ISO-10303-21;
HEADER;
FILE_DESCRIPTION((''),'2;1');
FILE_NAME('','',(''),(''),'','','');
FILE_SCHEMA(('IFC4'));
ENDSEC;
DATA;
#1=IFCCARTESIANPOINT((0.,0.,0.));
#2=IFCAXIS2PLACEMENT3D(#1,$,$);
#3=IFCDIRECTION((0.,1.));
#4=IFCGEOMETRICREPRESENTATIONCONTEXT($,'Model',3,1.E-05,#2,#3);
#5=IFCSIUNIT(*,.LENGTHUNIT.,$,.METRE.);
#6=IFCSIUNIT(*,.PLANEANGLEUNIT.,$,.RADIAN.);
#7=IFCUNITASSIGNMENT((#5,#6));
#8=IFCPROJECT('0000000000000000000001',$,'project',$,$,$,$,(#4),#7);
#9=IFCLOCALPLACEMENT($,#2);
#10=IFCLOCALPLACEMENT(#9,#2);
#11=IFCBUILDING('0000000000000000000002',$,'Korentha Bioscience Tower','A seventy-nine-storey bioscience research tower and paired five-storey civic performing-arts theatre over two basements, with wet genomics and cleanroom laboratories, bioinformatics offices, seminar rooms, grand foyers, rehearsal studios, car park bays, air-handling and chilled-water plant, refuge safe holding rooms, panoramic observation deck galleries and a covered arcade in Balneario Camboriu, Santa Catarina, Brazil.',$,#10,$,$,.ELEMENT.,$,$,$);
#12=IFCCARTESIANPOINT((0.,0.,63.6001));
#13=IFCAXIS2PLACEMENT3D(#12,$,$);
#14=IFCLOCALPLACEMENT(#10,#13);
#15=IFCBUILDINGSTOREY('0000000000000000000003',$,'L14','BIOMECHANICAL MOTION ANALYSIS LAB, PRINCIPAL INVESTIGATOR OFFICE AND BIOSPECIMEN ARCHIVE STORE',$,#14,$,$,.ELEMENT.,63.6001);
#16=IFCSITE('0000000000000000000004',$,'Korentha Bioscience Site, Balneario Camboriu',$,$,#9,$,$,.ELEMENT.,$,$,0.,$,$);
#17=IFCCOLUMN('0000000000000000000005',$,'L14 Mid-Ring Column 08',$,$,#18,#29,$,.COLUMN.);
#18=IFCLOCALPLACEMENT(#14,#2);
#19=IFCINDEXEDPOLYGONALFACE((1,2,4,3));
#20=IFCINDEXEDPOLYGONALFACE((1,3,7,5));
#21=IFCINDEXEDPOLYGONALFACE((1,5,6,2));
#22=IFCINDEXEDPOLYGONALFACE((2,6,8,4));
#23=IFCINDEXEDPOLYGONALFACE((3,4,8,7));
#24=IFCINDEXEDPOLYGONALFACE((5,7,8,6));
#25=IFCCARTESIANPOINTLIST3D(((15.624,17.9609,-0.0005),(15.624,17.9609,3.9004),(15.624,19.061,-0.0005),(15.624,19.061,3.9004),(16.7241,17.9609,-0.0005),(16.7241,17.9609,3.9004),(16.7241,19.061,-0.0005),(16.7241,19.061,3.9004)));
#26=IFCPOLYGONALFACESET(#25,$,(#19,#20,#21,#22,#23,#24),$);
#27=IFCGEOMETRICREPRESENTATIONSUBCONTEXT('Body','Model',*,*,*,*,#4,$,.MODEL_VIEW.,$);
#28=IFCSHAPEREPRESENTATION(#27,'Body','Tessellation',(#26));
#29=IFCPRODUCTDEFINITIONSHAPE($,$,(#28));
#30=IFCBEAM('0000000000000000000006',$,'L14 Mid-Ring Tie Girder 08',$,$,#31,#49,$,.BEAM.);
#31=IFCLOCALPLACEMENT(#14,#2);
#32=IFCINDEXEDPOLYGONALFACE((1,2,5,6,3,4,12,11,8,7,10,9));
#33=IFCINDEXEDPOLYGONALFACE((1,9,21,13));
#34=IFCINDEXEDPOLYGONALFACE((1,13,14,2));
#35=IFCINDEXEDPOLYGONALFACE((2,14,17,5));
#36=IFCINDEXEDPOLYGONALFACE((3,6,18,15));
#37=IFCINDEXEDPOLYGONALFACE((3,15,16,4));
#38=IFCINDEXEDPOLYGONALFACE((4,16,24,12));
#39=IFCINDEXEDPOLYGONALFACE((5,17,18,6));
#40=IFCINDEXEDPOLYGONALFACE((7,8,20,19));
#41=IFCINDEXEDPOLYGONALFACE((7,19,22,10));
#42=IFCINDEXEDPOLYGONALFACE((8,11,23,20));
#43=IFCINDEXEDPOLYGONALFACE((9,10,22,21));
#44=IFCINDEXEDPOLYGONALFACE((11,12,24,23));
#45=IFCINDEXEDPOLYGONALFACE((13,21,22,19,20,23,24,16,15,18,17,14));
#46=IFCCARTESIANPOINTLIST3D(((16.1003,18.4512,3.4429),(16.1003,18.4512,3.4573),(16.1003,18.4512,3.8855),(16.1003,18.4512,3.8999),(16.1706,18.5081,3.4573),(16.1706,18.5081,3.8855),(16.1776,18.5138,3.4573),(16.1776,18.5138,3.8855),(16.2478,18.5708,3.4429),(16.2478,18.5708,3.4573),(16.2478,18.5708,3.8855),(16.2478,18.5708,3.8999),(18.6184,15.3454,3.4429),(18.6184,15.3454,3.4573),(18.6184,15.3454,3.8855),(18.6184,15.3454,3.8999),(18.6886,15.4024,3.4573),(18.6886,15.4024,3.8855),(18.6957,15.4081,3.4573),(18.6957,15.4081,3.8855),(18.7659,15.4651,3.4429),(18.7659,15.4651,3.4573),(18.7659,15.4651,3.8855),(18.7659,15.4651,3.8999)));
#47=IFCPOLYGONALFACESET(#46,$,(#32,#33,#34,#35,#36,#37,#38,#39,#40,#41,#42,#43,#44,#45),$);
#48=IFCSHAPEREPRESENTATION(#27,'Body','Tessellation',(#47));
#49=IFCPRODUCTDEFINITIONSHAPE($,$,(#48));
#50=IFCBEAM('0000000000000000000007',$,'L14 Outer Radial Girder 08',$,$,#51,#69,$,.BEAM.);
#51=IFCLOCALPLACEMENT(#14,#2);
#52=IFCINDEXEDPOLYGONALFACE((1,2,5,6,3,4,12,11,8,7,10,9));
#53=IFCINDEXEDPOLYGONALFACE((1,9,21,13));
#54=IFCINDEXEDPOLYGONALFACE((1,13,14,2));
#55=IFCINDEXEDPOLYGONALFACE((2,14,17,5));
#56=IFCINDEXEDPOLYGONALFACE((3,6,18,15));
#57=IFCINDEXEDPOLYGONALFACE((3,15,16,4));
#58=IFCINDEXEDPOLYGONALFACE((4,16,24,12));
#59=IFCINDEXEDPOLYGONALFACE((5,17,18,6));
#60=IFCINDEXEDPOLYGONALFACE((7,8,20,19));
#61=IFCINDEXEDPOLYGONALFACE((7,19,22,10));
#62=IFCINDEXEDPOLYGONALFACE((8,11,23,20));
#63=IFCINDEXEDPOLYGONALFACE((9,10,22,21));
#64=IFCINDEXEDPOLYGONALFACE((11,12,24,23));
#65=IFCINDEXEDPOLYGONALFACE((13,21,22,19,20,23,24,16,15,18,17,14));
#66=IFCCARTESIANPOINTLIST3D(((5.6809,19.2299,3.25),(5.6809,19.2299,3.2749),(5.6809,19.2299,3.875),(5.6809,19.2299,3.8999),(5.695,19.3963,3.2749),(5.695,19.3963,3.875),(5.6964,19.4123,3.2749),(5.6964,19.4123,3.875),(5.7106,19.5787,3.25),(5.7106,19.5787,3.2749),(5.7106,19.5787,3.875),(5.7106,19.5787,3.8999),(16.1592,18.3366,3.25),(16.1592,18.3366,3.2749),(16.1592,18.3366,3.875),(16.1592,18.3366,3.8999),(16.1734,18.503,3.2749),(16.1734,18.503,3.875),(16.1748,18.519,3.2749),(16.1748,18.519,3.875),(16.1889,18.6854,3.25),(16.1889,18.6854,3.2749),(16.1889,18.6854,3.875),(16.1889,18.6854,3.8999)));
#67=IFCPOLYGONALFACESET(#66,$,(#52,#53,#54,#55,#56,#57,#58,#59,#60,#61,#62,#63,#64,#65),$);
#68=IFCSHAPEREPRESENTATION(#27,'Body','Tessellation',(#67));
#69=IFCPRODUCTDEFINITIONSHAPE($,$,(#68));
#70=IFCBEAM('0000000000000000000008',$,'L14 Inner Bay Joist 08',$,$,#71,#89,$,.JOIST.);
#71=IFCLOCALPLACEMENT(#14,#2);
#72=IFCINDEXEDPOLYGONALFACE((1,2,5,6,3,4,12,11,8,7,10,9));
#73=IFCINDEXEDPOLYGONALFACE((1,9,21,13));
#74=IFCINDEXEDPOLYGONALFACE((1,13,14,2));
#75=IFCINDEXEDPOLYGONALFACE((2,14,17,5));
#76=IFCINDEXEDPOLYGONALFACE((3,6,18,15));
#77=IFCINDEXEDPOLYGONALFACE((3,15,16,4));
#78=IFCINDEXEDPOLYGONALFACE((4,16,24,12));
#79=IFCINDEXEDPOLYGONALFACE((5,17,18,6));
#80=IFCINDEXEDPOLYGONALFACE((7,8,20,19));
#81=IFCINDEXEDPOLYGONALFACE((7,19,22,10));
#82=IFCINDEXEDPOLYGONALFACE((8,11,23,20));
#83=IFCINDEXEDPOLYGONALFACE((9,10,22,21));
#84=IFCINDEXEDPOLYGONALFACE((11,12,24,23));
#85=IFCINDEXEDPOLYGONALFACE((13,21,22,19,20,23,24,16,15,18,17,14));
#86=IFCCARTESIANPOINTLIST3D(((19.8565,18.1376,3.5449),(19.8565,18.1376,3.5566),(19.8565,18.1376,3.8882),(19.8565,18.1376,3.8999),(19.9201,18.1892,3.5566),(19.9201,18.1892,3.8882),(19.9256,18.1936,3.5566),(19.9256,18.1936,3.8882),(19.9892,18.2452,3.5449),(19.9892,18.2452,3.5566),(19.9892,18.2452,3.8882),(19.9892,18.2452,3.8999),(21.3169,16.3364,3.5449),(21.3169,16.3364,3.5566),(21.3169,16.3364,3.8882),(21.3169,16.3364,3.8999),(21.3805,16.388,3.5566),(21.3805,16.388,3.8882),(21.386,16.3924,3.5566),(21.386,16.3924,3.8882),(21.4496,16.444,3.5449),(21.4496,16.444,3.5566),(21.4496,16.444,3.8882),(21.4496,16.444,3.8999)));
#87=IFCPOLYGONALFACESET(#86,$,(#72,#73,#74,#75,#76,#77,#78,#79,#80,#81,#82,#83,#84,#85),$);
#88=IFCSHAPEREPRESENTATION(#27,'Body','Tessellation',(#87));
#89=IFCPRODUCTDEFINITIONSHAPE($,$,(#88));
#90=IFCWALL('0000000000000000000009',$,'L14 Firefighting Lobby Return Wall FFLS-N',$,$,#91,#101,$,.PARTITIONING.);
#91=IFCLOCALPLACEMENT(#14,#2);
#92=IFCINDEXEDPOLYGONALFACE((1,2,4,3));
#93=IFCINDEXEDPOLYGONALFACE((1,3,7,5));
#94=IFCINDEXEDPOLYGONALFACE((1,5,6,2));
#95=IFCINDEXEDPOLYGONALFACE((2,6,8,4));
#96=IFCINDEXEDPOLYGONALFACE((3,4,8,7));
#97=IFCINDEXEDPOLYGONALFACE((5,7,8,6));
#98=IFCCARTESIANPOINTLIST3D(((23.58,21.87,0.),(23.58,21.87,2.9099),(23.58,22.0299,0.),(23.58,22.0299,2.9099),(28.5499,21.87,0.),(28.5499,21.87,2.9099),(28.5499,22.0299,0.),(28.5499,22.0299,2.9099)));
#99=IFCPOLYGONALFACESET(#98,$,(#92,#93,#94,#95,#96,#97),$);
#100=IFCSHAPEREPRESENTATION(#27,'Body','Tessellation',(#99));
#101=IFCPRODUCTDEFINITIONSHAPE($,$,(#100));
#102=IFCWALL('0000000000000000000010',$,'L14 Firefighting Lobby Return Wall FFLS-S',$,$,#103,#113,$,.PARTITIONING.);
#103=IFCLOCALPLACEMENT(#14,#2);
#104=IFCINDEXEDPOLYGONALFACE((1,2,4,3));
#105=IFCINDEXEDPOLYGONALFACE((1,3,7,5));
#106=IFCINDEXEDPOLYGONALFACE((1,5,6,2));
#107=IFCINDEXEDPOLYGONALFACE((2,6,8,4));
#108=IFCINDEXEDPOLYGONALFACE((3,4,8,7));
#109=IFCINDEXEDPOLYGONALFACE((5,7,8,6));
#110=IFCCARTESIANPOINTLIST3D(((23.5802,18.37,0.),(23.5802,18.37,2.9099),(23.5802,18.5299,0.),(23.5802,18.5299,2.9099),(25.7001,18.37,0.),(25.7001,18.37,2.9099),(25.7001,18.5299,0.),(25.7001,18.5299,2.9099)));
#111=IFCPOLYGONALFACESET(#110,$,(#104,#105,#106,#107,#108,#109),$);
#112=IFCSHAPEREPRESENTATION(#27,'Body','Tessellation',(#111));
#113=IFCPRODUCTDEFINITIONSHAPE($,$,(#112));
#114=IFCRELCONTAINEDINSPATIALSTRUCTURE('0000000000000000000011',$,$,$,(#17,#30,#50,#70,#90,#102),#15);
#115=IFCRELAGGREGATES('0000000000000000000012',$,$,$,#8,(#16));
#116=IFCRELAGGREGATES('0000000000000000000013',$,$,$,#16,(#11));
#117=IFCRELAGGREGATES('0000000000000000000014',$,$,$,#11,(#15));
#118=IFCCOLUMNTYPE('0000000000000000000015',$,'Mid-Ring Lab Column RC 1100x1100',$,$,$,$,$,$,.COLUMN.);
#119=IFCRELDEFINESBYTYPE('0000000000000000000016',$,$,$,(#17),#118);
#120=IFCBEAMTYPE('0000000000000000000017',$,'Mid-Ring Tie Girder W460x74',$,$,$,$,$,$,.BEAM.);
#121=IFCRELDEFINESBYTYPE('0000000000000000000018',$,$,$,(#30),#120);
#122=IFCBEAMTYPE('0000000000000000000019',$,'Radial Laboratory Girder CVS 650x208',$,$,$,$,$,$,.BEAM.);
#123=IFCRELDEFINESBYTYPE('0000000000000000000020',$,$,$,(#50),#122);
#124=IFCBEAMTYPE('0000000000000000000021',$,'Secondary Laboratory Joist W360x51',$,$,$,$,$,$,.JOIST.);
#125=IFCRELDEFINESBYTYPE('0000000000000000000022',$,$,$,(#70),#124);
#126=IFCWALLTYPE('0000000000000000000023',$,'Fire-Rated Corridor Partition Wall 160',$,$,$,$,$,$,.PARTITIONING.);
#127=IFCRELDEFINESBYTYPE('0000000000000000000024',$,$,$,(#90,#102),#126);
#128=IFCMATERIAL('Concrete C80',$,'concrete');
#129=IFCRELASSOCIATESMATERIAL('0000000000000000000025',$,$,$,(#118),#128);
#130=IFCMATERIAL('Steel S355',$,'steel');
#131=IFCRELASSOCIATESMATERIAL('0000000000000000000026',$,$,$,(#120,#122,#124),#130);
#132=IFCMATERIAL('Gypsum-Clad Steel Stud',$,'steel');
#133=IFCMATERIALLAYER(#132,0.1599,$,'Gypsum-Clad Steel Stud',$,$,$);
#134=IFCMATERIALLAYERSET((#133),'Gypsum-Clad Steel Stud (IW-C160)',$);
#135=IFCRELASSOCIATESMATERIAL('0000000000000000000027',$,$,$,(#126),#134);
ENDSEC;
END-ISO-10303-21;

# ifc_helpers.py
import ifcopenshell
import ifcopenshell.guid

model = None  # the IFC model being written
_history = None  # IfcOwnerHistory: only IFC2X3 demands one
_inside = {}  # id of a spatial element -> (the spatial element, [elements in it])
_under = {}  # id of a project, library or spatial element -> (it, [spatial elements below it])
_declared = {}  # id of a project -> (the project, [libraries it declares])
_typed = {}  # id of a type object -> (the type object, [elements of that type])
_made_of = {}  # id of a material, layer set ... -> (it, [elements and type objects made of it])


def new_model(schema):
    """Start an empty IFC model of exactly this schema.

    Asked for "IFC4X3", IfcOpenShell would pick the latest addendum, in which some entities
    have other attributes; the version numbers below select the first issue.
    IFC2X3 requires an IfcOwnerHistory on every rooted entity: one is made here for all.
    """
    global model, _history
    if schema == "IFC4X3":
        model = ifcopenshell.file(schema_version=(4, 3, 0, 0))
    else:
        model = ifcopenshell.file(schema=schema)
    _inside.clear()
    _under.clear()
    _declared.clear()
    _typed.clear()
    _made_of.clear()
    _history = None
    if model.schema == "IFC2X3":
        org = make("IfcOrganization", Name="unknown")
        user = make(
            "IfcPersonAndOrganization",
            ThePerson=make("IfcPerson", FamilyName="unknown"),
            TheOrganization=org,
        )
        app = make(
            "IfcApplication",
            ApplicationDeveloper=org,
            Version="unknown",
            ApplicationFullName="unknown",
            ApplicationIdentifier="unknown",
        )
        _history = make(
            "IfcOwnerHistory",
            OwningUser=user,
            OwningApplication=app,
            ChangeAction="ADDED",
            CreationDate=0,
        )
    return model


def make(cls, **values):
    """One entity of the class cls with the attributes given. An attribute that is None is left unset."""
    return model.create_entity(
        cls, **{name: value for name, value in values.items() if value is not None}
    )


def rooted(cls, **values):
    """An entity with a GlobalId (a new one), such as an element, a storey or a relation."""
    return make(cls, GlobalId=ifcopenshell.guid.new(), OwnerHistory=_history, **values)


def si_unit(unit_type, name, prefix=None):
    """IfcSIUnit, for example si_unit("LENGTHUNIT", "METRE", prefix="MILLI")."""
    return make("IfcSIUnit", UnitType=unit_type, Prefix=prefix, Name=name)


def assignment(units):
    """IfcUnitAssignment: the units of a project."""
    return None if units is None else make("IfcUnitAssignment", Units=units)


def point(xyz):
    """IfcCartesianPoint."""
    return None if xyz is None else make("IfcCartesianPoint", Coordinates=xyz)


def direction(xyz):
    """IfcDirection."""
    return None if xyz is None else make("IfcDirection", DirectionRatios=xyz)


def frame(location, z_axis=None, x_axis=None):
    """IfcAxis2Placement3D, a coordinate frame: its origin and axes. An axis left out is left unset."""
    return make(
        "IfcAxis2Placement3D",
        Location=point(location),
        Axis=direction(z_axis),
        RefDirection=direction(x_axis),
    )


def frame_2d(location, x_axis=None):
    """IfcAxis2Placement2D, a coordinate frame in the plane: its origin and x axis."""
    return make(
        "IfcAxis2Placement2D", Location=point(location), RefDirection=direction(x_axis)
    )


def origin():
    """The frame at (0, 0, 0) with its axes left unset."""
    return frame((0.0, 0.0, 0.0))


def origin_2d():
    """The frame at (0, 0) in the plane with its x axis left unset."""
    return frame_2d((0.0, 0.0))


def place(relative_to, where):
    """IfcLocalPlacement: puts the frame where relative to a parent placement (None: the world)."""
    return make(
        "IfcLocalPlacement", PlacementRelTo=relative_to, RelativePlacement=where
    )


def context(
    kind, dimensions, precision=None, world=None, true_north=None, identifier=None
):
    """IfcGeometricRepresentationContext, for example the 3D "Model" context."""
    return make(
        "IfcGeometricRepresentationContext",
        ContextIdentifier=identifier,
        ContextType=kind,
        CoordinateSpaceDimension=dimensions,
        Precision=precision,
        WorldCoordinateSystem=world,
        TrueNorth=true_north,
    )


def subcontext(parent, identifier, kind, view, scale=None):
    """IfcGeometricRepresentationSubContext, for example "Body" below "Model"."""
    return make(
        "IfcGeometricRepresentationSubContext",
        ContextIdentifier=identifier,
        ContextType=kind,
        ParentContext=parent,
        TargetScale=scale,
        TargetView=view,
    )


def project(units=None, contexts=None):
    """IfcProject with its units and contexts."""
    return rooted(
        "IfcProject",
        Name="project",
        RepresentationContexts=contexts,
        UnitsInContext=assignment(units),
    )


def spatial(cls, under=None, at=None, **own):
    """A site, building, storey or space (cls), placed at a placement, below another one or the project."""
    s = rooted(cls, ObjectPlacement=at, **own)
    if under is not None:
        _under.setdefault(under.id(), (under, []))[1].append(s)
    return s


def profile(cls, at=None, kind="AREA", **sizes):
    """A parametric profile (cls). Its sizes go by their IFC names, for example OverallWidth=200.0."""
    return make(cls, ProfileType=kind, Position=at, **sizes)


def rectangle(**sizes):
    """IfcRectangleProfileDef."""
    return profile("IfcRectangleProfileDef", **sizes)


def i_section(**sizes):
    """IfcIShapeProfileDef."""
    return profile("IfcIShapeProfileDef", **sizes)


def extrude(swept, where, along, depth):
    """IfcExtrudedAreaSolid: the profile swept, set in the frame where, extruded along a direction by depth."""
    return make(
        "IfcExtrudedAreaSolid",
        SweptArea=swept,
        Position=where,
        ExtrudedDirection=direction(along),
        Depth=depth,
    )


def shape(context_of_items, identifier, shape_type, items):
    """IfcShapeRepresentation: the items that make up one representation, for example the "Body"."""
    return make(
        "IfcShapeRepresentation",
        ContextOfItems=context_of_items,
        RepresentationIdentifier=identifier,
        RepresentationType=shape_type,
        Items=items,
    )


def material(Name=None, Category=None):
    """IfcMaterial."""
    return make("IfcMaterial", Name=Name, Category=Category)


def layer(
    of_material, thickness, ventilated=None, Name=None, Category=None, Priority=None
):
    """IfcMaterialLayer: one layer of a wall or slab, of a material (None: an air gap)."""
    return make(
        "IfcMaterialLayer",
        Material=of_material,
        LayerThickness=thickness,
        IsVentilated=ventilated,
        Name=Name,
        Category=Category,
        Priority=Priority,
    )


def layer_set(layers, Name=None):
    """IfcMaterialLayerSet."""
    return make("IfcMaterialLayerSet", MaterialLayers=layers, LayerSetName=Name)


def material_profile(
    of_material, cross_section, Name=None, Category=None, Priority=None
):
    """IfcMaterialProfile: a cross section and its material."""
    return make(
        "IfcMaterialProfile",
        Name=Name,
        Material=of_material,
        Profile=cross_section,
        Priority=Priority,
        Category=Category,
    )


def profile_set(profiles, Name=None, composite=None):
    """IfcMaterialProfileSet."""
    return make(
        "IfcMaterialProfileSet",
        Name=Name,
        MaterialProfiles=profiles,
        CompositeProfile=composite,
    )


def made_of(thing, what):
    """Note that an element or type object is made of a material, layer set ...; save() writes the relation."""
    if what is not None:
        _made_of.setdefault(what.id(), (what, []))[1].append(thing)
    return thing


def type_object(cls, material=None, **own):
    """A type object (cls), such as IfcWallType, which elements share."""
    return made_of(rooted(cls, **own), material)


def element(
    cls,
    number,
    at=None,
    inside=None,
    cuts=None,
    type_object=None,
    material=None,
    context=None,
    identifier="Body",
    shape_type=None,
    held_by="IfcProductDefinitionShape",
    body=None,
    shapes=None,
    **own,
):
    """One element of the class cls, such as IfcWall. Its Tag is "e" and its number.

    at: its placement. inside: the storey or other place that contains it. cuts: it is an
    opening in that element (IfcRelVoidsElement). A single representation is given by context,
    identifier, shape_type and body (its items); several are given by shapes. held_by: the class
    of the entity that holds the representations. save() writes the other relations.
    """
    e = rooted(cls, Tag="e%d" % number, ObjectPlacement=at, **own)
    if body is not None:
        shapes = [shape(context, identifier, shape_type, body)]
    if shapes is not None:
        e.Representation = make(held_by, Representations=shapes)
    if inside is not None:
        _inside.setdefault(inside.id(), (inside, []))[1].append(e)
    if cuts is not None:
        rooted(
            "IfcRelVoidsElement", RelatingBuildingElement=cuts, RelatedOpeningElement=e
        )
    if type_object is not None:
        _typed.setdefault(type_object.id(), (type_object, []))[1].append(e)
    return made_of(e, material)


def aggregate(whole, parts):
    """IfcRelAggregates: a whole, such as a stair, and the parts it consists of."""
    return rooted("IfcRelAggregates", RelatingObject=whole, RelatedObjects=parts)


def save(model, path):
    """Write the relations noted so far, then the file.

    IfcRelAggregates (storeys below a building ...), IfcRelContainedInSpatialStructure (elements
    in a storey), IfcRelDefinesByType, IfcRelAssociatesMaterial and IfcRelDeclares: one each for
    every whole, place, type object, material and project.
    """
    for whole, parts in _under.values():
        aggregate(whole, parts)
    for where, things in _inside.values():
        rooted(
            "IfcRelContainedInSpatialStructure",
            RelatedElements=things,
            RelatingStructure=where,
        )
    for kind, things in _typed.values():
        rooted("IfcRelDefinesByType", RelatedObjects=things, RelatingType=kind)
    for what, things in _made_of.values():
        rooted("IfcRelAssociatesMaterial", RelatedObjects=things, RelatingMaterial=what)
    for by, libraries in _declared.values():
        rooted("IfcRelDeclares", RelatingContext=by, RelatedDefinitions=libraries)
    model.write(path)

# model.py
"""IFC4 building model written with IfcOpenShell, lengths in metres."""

from ifc_helpers import new_model, si_unit, direction, frame, frame_2d, origin, origin_2d, place, context, subcontext, project, spatial, rectangle, i_section, extrude, material, layer, layer_set, material_profile, profile_set, type_object, element, save


model = new_model("IFC4")

# Units and contexts
model_context = context("Model", 3, precision=1e-05, world=origin(), true_north=direction((0.0, 1.0)))
body_context = subcontext(model_context, "Body", "Model", "MODEL_VIEW")
ifc_project = project(units=[si_unit("LENGTHUNIT", "METRE"), si_unit("PLANEANGLEUNIT", "RADIAN")], contexts=[model_context])

# Site, building, storey
site_placement = place(None, origin())
site = spatial("IfcSite", under=ifc_project, at=site_placement, Name="Korentha Bioscience Site, Balneario Camboriu", CompositionType="ELEMENT", RefElevation=0.0)
building_placement = place(site_placement, origin())
building = spatial("IfcBuilding", under=site, at=building_placement, Name="Korentha Bioscience Tower", Description="A seventy-nine-storey bioscience research tower and paired five-storey civic performing-arts theatre over two basements, with wet genomics and cleanroom laboratories, bioinformatics offices, seminar rooms, grand foyers, rehearsal studios, car park bays, air-handling and chilled-water plant, refuge safe holding rooms, panoramic observation deck galleries and a covered arcade in Balneario Camboriu, Santa Catarina, Brazil.", CompositionType="ELEMENT")
storey_placement = place(building_placement, frame((0.0, 0.0, 63.6001)))
storey = spatial("IfcBuildingStorey", under=building, at=storey_placement, Name="L14", Description="BIOMECHANICAL MOTION ANALYSIS LAB, PRINCIPAL INVESTIGATOR OFFICE AND BIOSPECIMEN ARCHIVE STORE", CompositionType="ELEMENT", Elevation=63.6001)

# Column
ifc_material_1 = material(Name="Concrete C80", Category="concrete")
ifc_material_profile_1 = material_profile(ifc_material_1, rectangle(XDim=1.1001, YDim=1.1001, at=origin_2d()), Name="Concrete C80")
ifc_profile_set_1 = profile_set([ifc_material_profile_1], Name="Concrete C80 (COL-MR11)")
column_type = type_object("IfcColumnType", Name="Mid-Ring Lab Column RC 1100x1100", PredefinedType="COLUMN", material=ifc_profile_set_1)
column_placement = place(storey_placement, frame((16.1741, 18.511, -0.0005), z_axis=(0.0, 0.0, 1.0), x_axis=(1.0, 0.0, 0.0)))
element("IfcColumn", 1, at=column_placement, inside=storey, type_object=column_type, Name="L14 Mid-Ring Column 08", PredefinedType="COLUMN", context=body_context, shape_type="SweptSolid", body=[
    extrude(rectangle(XDim=1.1001, YDim=1.1001, at=origin_2d()), origin(), (0.0, 0.0, 1.0), 3.9009),
])

# Beams
ifc_material_2 = material(Name="Steel S355", Category="steel")
ifc_material_profile_2 = material_profile(ifc_material_2, i_section(OverallWidth=0.1899, OverallDepth=0.457, WebThickness=0.009, FlangeThickness=0.0144, at=origin_2d()), Name="Steel S355")
ifc_profile_set_2 = profile_set([ifc_material_profile_2], Name="Steel S355 (MB-460)")
beam_type_1 = type_object("IfcBeamType", Name="Mid-Ring Tie Girder W460x74", PredefinedType="BEAM", material=ifc_profile_set_2)
beam_1_placement = place(storey_placement, frame((16.1741, 18.511, 3.6714), z_axis=(0.62979, -0.776765, 0.0), x_axis=(0.776765, 0.62979, 0.0)))
element("IfcBeam", 2, at=beam_1_placement, inside=storey, type_object=beam_type_1, Name="L14 Mid-Ring Tie Girder 08", PredefinedType="BEAM", context=body_context, shape_type="SweptSolid", body=[
    extrude(i_section(OverallWidth=0.1899, OverallDepth=0.457, WebThickness=0.009, FlangeThickness=0.0144, at=origin_2d()), origin(), (0.0, 0.0, 1.0), 3.9983),
])
ifc_material_profile_3 = material_profile(ifc_material_2, i_section(OverallWidth=0.3501, OverallDepth=0.6499, WebThickness=0.0161, FlangeThickness=0.0249, at=origin_2d()), Name="Steel S355")
ifc_profile_set_3 = profile_set([ifc_material_profile_3], Name="Steel S355 (RB-650)")
beam_type_2 = type_object("IfcBeamType", Name="Radial Laboratory Girder CVS 650x208", PredefinedType="BEAM", material=ifc_profile_set_3)
beam_2_placement = place(storey_placement, frame((16.1741, 18.511, 3.575), z_axis=(-0.996386, 0.084945, 0.0), x_axis=(-0.084945, -0.996386, 0.0)))
element("IfcBeam", 3, at=beam_2_placement, inside=storey, type_object=beam_type_2, Name="L14 Outer Radial Girder 08", PredefinedType="BEAM", context=body_context, shape_type="SweptSolid", body=[
    extrude(i_section(OverallWidth=0.3501, OverallDepth=0.6499, WebThickness=0.0161, FlangeThickness=0.0249, at=origin_2d()), origin(), (0.0, 0.0, 1.0), 10.5164),
])
ifc_material_profile_4 = material_profile(ifc_material_2, i_section(OverallWidth=0.1709, OverallDepth=0.355, WebThickness=0.0071, FlangeThickness=0.0117, at=origin_2d()), Name="Steel S355")
ifc_profile_set_4 = profile_set([ifc_material_profile_4], Name="Steel S355 (JB-360)")
beam_type_3 = type_object("IfcBeamType", Name="Secondary Laboratory Joist W360x51", PredefinedType="JOIST", material=ifc_profile_set_4)
beam_3_placement = place(storey_placement, frame((19.9229, 18.1914, 3.7224), z_axis=(0.629792, -0.776764, 0.0), x_axis=(0.776764, 0.629792, 0.0)))
element("IfcBeam", 4, at=beam_3_placement, inside=storey, type_object=beam_type_3, Name="L14 Inner Bay Joist 08", PredefinedType="JOIST", context=body_context, shape_type="SweptSolid", body=[
    extrude(i_section(OverallWidth=0.1709, OverallDepth=0.355, WebThickness=0.0071, FlangeThickness=0.0117, at=origin_2d()), origin(), (0.0, 0.0, 1.0), 2.3188),
])

# Shared definitions
ifc_material_3 = material(Name="Gypsum-Clad Steel Stud", Category="steel")
ifc_layer_1 = layer(ifc_material_3, 0.1599, Name="Gypsum-Clad Steel Stud")
ifc_layer_set_1 = layer_set([ifc_layer_1], Name="Gypsum-Clad Steel Stud (IW-C160)")
wall_type_1 = type_object("IfcWallType", Name="Fire-Rated Corridor Partition Wall 160", PredefinedType="PARTITIONING", material=ifc_layer_set_1)

# Walls
wall_1_placement = place(storey_placement, frame((23.5801, 21.95, 0.0), z_axis=(0.0, 0.0, 1.0), x_axis=(1.0, 0.0, 0.0)))
element("IfcWall", 5, at=wall_1_placement, inside=storey, type_object=wall_type_1, Name="L14 Firefighting Lobby Return Wall FFLS-N", PredefinedType="PARTITIONING", context=body_context, shape_type="SweptSolid", body=[
    extrude(rectangle(XDim=4.97, YDim=0.1599, at=frame_2d((2.4849, 0.0))), origin(), (0.0, 0.0, 1.0), 2.9099),
])
wall_2_placement = place(storey_placement, frame((23.5801, 18.45, 0.0), z_axis=(0.0, 0.0, 1.0), x_axis=(1.0, 0.0, 0.0)))
element("IfcWall", 6, at=wall_2_placement, inside=storey, type_object=wall_type_1, Name="L14 Firefighting Lobby Return Wall FFLS-S", PredefinedType="PARTITIONING", context=body_context, shape_type="SweptSolid", body=[
    extrude(rectangle(XDim=2.1199, YDim=0.1599, at=frame_2d((1.0601, 0.0))), origin(), (0.0, 0.0, 1.0), 2.9099),
])

save(model, "model.ifc")
